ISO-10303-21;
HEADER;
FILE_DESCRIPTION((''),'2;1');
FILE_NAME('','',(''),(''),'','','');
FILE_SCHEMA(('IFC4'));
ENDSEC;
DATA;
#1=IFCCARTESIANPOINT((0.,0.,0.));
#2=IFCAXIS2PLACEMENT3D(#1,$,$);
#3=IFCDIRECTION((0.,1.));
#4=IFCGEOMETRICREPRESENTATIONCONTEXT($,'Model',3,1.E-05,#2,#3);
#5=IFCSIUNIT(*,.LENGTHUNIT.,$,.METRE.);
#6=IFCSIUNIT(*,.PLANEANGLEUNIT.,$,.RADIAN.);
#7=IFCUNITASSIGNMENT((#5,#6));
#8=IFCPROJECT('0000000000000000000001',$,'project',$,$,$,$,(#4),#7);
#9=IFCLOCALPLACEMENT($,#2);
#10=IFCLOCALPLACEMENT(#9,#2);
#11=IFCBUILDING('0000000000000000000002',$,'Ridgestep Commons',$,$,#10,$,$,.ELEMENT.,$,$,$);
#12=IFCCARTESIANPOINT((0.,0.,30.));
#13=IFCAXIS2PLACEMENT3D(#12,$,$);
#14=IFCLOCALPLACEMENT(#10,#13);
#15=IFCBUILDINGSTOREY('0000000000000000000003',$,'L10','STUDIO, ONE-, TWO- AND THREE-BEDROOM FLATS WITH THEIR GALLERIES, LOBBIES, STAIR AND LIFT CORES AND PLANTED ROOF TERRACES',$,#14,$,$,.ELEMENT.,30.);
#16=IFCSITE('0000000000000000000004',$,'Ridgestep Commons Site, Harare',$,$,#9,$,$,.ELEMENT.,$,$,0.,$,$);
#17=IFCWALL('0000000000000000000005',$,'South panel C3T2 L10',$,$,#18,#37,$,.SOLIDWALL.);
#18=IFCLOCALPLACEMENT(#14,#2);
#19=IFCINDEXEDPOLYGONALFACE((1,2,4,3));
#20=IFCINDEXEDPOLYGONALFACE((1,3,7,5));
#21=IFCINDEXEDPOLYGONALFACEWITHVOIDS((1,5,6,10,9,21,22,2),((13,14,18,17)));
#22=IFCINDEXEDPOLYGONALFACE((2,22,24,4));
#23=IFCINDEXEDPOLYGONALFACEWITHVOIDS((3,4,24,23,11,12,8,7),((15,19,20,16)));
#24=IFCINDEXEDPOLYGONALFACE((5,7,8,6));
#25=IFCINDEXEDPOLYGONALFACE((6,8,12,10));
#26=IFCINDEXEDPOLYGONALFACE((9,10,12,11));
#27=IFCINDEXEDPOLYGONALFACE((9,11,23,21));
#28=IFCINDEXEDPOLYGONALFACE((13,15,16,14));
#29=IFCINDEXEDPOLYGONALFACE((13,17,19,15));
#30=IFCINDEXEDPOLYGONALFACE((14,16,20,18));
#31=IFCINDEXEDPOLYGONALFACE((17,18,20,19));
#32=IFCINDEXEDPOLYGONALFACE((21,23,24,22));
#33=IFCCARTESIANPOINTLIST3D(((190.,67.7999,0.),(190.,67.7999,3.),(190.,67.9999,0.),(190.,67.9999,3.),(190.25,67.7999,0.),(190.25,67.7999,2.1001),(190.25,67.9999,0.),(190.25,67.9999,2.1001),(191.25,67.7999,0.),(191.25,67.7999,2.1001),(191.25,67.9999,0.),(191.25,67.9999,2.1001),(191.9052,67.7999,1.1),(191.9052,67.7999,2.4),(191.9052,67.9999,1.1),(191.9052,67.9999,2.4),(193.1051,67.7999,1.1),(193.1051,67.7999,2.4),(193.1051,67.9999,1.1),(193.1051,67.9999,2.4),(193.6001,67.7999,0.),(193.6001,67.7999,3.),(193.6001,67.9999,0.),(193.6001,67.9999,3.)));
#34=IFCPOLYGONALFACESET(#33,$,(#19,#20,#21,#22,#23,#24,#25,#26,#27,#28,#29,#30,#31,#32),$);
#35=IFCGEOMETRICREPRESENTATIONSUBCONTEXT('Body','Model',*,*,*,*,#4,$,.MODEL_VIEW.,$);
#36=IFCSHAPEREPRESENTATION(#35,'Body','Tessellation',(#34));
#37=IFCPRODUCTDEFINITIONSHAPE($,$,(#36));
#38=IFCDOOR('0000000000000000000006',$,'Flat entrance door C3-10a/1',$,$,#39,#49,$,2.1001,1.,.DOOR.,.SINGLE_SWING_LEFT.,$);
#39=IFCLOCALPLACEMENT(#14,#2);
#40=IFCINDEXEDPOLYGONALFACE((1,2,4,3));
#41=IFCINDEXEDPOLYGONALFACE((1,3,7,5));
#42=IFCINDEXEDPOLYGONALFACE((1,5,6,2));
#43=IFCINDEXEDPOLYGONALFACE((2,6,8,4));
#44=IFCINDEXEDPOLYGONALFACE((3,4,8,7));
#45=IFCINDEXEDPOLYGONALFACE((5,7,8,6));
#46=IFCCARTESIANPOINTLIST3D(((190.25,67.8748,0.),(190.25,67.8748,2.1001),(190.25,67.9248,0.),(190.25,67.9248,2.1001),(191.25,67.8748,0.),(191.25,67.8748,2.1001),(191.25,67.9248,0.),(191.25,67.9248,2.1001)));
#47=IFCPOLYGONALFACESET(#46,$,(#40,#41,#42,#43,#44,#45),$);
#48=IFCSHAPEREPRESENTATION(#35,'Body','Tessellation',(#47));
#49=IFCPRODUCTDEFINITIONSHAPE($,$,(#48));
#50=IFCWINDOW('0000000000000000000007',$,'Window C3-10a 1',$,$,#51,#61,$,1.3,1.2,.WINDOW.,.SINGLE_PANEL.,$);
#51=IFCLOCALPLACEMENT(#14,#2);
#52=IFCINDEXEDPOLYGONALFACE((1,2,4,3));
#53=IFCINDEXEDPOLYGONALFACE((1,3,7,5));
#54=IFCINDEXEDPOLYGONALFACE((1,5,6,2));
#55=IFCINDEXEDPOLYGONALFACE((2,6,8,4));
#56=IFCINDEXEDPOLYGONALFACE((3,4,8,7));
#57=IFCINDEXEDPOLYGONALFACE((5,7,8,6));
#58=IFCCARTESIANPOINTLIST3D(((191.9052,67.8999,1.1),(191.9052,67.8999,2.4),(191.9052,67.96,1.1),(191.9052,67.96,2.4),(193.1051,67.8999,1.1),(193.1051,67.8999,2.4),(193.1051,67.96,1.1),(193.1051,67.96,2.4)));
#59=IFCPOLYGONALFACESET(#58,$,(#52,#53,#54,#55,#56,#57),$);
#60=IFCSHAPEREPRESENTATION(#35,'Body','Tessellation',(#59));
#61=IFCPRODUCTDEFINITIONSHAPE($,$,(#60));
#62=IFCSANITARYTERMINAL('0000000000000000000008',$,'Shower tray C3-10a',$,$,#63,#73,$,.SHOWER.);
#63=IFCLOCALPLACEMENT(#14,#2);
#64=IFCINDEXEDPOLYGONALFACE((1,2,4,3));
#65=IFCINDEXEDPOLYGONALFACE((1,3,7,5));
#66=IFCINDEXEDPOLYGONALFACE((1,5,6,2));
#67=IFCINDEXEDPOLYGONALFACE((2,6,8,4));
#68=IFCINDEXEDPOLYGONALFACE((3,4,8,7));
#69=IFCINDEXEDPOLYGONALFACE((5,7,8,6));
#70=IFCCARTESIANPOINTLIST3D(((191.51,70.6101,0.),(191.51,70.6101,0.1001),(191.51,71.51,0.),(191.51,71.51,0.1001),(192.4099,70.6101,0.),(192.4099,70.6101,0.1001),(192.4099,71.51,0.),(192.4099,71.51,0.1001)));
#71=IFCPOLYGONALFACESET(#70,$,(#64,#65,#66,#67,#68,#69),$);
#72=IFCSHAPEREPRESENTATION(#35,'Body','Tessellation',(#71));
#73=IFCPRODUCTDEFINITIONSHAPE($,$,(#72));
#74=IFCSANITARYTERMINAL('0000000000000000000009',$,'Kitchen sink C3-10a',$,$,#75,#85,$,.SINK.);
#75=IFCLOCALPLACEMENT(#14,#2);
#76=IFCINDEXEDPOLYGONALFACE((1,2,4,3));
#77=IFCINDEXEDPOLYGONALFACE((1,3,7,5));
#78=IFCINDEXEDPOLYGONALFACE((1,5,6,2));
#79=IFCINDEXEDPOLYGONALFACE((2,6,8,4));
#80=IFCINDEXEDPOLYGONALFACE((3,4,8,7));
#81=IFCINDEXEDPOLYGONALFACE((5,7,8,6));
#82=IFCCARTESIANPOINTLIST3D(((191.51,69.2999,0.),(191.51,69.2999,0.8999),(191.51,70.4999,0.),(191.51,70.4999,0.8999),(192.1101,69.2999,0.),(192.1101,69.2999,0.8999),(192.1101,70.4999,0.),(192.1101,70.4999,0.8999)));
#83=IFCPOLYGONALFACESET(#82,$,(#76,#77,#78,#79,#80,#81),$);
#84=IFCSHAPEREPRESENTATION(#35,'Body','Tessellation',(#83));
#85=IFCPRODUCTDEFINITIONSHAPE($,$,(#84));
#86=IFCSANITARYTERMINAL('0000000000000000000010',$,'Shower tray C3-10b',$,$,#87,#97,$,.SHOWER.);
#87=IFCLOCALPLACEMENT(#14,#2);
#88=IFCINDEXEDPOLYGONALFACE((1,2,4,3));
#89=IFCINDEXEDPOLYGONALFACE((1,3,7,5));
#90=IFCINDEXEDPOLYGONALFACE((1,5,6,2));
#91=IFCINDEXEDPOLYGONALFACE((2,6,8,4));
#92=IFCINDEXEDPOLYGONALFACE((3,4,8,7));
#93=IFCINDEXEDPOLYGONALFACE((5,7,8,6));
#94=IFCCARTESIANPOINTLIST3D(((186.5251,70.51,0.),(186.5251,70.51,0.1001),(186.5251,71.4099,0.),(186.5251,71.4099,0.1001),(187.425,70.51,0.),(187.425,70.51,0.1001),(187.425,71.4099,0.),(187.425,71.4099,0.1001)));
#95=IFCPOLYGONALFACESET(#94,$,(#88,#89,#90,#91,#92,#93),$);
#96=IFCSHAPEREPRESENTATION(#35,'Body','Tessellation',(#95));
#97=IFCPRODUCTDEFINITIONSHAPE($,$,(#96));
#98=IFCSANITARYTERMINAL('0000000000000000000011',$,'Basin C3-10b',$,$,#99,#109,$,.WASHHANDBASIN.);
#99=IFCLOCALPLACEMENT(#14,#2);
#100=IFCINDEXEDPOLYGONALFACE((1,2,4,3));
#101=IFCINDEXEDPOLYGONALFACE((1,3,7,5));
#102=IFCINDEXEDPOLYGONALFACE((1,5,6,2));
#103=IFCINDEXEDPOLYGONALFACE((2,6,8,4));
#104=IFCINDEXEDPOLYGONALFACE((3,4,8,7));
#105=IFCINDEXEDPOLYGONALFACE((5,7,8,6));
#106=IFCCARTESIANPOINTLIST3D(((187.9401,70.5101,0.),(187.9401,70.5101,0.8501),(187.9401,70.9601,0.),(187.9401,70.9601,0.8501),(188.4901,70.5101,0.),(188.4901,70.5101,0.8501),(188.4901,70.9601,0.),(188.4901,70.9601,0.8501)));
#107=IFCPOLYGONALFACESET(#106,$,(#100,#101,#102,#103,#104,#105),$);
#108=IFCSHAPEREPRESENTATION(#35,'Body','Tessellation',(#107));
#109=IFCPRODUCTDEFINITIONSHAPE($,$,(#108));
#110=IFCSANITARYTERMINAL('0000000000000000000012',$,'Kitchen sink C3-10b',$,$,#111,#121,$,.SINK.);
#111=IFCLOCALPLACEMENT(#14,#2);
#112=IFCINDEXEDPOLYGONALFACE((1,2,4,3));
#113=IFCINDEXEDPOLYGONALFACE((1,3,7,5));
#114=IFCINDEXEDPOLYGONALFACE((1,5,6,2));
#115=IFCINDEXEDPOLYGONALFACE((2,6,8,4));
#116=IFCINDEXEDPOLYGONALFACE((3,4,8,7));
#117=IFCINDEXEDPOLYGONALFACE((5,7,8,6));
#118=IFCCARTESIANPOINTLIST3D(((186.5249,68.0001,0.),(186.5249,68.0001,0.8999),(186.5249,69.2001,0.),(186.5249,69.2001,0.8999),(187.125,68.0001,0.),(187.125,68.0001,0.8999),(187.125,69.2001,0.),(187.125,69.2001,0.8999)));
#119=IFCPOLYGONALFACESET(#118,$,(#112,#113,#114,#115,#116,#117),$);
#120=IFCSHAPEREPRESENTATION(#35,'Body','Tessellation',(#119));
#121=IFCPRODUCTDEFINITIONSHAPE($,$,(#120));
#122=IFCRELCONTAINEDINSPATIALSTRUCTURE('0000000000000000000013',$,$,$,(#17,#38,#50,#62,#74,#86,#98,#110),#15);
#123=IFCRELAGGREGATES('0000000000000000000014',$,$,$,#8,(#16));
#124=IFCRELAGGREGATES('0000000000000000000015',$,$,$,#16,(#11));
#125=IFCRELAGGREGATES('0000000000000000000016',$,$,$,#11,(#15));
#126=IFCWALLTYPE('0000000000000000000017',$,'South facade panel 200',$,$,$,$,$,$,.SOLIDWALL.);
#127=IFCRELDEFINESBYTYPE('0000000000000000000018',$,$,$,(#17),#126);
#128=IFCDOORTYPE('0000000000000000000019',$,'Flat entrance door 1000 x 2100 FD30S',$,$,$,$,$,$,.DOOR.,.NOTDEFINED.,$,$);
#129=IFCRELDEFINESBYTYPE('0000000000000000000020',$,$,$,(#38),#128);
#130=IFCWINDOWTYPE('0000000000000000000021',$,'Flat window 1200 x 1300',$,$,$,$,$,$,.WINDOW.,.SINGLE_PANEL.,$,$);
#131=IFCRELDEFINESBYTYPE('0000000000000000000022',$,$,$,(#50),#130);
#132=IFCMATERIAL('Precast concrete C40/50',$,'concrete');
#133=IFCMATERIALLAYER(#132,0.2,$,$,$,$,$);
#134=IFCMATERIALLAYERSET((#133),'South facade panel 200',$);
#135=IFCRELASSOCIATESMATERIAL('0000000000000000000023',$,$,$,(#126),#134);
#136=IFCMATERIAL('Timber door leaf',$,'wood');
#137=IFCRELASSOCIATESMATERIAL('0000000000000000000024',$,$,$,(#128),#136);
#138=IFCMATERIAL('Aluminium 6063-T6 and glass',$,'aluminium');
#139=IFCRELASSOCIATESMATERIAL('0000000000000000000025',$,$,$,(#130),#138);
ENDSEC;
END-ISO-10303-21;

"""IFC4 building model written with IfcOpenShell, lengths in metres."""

from ifc_helpers import new_model, si_unit, direction, frame, frame_2d, origin, origin_2d, place, context, subcontext, project, spatial, rectangle, extrude, material, layer, layer_set, type_object, element, fill, save


model = new_model("IFC4")

# Units and contexts
model_context = context("Model", 3, precision=1e-05, world=origin(), true_north=direction((0.0, 1.0)))
body_context = subcontext(model_context, "Body", "Model", "MODEL_VIEW")
ifc_project = project(units=[si_unit("LENGTHUNIT", "METRE"), si_unit("PLANEANGLEUNIT", "RADIAN")], contexts=[model_context])

# Site, building, storey
site_placement = place(None, origin())
site = spatial("IfcSite", under=ifc_project, at=site_placement, Name="Ridgestep Commons Site, Harare", CompositionType="ELEMENT", RefElevation=0.0)
building_placement = place(site_placement, origin())
building = spatial("IfcBuilding", under=site, at=building_placement, Name="Ridgestep Commons", CompositionType="ELEMENT")
storey_placement = place(building_placement, frame((0.0, 0.0, 30.0)))
storey = spatial("IfcBuildingStorey", under=building, at=storey_placement, Name="L10", Description="STUDIO, ONE-, TWO- AND THREE-BEDROOM FLATS WITH THEIR GALLERIES, LOBBIES, STAIR AND LIFT CORES AND PLANTED ROOF TERRACES", CompositionType="ELEMENT", Elevation=30.0)

# Wall, openings, door, window
ifc_material_1 = material(Name="Precast concrete C40/50", Category="concrete")
ifc_layer_1 = layer(ifc_material_1, 0.2)
ifc_layer_set_1 = layer_set([ifc_layer_1], Name="South facade panel 200")
wall_type_1 = type_object("IfcWallType", Name="South facade panel 200", PredefinedType="SOLIDWALL", material=ifc_layer_set_1)
wall_1_placement = place(storey_placement, frame((190.0, 67.8999, 0.0), z_axis=(0.0, 0.0, 1.0), x_axis=(1.0, 0.0, 0.0)))
wall_1 = element("IfcWall", 1, at=wall_1_placement, inside=storey, type_object=wall_type_1, Name="South panel C3T2 L10", PredefinedType="SOLIDWALL", context=body_context, shape_type="SweptSolid", body=[
    extrude(rectangle(XDim=3.6001, YDim=0.2, at=frame_2d((1.8, 0.0))), origin(), (0.0, 0.0, 1.0), 3.0),
])
opening_1_placement = place(wall_1_placement, frame((1.905, 0.0, 1.1001)))
opening_1 = element("IfcOpeningElement", 2, at=opening_1_placement, cuts=wall_1, PredefinedType="OPENING", context=body_context, shape_type="SweptSolid", body=[
    extrude(rectangle(XDim=1.2, YDim=1.3, at=frame_2d((0.6001, 0.6499))), frame((0.0, 0.1099, 0.0), z_axis=(0.0, -1.0, 0.0), x_axis=(1.0, 0.0, 0.0)), (0.0, 0.0, 1.0), 0.22),
])
opening_2_placement = place(wall_1_placement, frame((0.25, 0.0, 0.0)))
opening_2 = element("IfcOpeningElement", 3, at=opening_2_placement, cuts=wall_1, PredefinedType="OPENING", context=body_context, shape_type="SweptSolid", body=[
    extrude(rectangle(XDim=1.0, YDim=2.1001, at=frame_2d((0.5, 1.05))), frame((0.0, 0.1099, 0.0), z_axis=(0.0, -1.0, 0.0), x_axis=(1.0, 0.0, 0.0)), (0.0, 0.0, 1.0), 0.22),
])
ifc_material_2 = material(Name="Timber door leaf", Category="wood")
door_type_1 = type_object("IfcDoorType", Name="Flat entrance door 1000 x 2100 FD30S", OperationType="NOTDEFINED", PredefinedType="DOOR", material=ifc_material_2)
door_1_placement = place(opening_2_placement, origin())
door_1 = element("IfcDoor", 4, at=door_1_placement, inside=storey, type_object=door_type_1, Name="Flat entrance door C3-10a/1", OperationType="SINGLE_SWING_LEFT", OverallHeight=2.1001, OverallWidth=1.0, PredefinedType="DOOR", context=body_context, shape_type="SweptSolid", body=[
    extrude(rectangle(XDim=1.0, YDim=2.1001, at=frame_2d((0.5, 1.05))), frame((0.0, 0.0249, 0.0), z_axis=(0.0, -1.0, 0.0), x_axis=(1.0, 0.0, 0.0)), (0.0, 0.0, 1.0), 0.05),
])
fill(opening_2, door_1)
ifc_material_3 = material(Name="Aluminium 6063-T6 and glass", Category="aluminium")
window_type = type_object("IfcWindowType", Name="Flat window 1200 x 1300", PartitioningType="SINGLE_PANEL", PredefinedType="WINDOW", material=ifc_material_3)
window_placement = place(opening_1_placement, origin())
window = element("IfcWindow", 5, at=window_placement, inside=storey, type_object=window_type, Name="Window C3-10a 1", OverallHeight=1.3, OverallWidth=1.2, PartitioningType="SINGLE_PANEL", PredefinedType="WINDOW", context=body_context, shape_type="SweptSolid", body=[
    extrude(rectangle(XDim=1.2, YDim=1.3, at=frame_2d((0.6001, 0.6499))), frame((0.0, 0.0601, 0.0), z_axis=(0.0, -1.0, 0.0), x_axis=(1.0, 0.0, 0.0)), (0.0, 0.0, 1.0), 0.0601),
])
fill(opening_1, window)

# Sanitary terminals
sanitary_terminal_1_placement = place(storey_placement, frame((191.96, 71.0601, 0.0), z_axis=(0.0, 0.0, 1.0), x_axis=(1.0, 0.0, 0.0)))
element("IfcSanitaryTerminal", 6, at=sanitary_terminal_1_placement, inside=storey, Name="Shower tray C3-10a", PredefinedType="SHOWER", context=body_context, shape_type="SweptSolid", body=[
    extrude(rectangle(XDim=0.8999, YDim=0.8999, at=origin_2d()), origin(), (0.0, 0.0, 1.0), 0.1001),
])
sanitary_terminal_2_placement = place(storey_placement, frame((191.8101, 69.8999, 0.0), z_axis=(0.0, 0.0, 1.0), x_axis=(1.0, 0.0, 0.0)))
element("IfcSanitaryTerminal", 7, at=sanitary_terminal_2_placement, inside=storey, Name="Kitchen sink C3-10a", PredefinedType="SINK", context=body_context, shape_type="SweptSolid", body=[
    extrude(rectangle(XDim=0.6001, YDim=1.2, at=origin_2d()), origin(), (0.0, 0.0, 1.0), 0.8999),
])
sanitary_terminal_3_placement = place(storey_placement, frame((186.9751, 70.96, 0.0), z_axis=(0.0, 0.0, 1.0), x_axis=(1.0, 0.0, 0.0)))
element("IfcSanitaryTerminal", 8, at=sanitary_terminal_3_placement, inside=storey, Name="Shower tray C3-10b", PredefinedType="SHOWER", context=body_context, shape_type="SweptSolid", body=[
    extrude(rectangle(XDim=0.8999, YDim=0.8999, at=origin_2d()), origin(), (0.0, 0.0, 1.0), 0.1001),
])
sanitary_terminal_4_placement = place(storey_placement, frame((188.2151, 70.7351, 0.0), z_axis=(0.0, 0.0, 1.0), x_axis=(1.0, 0.0, 0.0)))
element("IfcSanitaryTerminal", 9, at=sanitary_terminal_4_placement, inside=storey, Name="Basin C3-10b", PredefinedType="WASHHANDBASIN", context=body_context, shape_type="SweptSolid", body=[
    extrude(rectangle(XDim=0.55, YDim=0.45, at=origin_2d()), origin(), (0.0, 0.0, 1.0), 0.8501),
])
sanitary_terminal_5_placement = place(storey_placement, frame((186.825, 68.6001, 0.0), z_axis=(0.0, 0.0, 1.0), x_axis=(1.0, 0.0, 0.0)))
element("IfcSanitaryTerminal", 10, at=sanitary_terminal_5_placement, inside=storey, Name="Kitchen sink C3-10b", PredefinedType="SINK", context=body_context, shape_type="SweptSolid", body=[
    extrude(rectangle(XDim=0.6001, YDim=1.2, at=origin_2d()), origin(), (0.0, 0.0, 1.0), 0.8999),
])

save(model, "model.ifc")
